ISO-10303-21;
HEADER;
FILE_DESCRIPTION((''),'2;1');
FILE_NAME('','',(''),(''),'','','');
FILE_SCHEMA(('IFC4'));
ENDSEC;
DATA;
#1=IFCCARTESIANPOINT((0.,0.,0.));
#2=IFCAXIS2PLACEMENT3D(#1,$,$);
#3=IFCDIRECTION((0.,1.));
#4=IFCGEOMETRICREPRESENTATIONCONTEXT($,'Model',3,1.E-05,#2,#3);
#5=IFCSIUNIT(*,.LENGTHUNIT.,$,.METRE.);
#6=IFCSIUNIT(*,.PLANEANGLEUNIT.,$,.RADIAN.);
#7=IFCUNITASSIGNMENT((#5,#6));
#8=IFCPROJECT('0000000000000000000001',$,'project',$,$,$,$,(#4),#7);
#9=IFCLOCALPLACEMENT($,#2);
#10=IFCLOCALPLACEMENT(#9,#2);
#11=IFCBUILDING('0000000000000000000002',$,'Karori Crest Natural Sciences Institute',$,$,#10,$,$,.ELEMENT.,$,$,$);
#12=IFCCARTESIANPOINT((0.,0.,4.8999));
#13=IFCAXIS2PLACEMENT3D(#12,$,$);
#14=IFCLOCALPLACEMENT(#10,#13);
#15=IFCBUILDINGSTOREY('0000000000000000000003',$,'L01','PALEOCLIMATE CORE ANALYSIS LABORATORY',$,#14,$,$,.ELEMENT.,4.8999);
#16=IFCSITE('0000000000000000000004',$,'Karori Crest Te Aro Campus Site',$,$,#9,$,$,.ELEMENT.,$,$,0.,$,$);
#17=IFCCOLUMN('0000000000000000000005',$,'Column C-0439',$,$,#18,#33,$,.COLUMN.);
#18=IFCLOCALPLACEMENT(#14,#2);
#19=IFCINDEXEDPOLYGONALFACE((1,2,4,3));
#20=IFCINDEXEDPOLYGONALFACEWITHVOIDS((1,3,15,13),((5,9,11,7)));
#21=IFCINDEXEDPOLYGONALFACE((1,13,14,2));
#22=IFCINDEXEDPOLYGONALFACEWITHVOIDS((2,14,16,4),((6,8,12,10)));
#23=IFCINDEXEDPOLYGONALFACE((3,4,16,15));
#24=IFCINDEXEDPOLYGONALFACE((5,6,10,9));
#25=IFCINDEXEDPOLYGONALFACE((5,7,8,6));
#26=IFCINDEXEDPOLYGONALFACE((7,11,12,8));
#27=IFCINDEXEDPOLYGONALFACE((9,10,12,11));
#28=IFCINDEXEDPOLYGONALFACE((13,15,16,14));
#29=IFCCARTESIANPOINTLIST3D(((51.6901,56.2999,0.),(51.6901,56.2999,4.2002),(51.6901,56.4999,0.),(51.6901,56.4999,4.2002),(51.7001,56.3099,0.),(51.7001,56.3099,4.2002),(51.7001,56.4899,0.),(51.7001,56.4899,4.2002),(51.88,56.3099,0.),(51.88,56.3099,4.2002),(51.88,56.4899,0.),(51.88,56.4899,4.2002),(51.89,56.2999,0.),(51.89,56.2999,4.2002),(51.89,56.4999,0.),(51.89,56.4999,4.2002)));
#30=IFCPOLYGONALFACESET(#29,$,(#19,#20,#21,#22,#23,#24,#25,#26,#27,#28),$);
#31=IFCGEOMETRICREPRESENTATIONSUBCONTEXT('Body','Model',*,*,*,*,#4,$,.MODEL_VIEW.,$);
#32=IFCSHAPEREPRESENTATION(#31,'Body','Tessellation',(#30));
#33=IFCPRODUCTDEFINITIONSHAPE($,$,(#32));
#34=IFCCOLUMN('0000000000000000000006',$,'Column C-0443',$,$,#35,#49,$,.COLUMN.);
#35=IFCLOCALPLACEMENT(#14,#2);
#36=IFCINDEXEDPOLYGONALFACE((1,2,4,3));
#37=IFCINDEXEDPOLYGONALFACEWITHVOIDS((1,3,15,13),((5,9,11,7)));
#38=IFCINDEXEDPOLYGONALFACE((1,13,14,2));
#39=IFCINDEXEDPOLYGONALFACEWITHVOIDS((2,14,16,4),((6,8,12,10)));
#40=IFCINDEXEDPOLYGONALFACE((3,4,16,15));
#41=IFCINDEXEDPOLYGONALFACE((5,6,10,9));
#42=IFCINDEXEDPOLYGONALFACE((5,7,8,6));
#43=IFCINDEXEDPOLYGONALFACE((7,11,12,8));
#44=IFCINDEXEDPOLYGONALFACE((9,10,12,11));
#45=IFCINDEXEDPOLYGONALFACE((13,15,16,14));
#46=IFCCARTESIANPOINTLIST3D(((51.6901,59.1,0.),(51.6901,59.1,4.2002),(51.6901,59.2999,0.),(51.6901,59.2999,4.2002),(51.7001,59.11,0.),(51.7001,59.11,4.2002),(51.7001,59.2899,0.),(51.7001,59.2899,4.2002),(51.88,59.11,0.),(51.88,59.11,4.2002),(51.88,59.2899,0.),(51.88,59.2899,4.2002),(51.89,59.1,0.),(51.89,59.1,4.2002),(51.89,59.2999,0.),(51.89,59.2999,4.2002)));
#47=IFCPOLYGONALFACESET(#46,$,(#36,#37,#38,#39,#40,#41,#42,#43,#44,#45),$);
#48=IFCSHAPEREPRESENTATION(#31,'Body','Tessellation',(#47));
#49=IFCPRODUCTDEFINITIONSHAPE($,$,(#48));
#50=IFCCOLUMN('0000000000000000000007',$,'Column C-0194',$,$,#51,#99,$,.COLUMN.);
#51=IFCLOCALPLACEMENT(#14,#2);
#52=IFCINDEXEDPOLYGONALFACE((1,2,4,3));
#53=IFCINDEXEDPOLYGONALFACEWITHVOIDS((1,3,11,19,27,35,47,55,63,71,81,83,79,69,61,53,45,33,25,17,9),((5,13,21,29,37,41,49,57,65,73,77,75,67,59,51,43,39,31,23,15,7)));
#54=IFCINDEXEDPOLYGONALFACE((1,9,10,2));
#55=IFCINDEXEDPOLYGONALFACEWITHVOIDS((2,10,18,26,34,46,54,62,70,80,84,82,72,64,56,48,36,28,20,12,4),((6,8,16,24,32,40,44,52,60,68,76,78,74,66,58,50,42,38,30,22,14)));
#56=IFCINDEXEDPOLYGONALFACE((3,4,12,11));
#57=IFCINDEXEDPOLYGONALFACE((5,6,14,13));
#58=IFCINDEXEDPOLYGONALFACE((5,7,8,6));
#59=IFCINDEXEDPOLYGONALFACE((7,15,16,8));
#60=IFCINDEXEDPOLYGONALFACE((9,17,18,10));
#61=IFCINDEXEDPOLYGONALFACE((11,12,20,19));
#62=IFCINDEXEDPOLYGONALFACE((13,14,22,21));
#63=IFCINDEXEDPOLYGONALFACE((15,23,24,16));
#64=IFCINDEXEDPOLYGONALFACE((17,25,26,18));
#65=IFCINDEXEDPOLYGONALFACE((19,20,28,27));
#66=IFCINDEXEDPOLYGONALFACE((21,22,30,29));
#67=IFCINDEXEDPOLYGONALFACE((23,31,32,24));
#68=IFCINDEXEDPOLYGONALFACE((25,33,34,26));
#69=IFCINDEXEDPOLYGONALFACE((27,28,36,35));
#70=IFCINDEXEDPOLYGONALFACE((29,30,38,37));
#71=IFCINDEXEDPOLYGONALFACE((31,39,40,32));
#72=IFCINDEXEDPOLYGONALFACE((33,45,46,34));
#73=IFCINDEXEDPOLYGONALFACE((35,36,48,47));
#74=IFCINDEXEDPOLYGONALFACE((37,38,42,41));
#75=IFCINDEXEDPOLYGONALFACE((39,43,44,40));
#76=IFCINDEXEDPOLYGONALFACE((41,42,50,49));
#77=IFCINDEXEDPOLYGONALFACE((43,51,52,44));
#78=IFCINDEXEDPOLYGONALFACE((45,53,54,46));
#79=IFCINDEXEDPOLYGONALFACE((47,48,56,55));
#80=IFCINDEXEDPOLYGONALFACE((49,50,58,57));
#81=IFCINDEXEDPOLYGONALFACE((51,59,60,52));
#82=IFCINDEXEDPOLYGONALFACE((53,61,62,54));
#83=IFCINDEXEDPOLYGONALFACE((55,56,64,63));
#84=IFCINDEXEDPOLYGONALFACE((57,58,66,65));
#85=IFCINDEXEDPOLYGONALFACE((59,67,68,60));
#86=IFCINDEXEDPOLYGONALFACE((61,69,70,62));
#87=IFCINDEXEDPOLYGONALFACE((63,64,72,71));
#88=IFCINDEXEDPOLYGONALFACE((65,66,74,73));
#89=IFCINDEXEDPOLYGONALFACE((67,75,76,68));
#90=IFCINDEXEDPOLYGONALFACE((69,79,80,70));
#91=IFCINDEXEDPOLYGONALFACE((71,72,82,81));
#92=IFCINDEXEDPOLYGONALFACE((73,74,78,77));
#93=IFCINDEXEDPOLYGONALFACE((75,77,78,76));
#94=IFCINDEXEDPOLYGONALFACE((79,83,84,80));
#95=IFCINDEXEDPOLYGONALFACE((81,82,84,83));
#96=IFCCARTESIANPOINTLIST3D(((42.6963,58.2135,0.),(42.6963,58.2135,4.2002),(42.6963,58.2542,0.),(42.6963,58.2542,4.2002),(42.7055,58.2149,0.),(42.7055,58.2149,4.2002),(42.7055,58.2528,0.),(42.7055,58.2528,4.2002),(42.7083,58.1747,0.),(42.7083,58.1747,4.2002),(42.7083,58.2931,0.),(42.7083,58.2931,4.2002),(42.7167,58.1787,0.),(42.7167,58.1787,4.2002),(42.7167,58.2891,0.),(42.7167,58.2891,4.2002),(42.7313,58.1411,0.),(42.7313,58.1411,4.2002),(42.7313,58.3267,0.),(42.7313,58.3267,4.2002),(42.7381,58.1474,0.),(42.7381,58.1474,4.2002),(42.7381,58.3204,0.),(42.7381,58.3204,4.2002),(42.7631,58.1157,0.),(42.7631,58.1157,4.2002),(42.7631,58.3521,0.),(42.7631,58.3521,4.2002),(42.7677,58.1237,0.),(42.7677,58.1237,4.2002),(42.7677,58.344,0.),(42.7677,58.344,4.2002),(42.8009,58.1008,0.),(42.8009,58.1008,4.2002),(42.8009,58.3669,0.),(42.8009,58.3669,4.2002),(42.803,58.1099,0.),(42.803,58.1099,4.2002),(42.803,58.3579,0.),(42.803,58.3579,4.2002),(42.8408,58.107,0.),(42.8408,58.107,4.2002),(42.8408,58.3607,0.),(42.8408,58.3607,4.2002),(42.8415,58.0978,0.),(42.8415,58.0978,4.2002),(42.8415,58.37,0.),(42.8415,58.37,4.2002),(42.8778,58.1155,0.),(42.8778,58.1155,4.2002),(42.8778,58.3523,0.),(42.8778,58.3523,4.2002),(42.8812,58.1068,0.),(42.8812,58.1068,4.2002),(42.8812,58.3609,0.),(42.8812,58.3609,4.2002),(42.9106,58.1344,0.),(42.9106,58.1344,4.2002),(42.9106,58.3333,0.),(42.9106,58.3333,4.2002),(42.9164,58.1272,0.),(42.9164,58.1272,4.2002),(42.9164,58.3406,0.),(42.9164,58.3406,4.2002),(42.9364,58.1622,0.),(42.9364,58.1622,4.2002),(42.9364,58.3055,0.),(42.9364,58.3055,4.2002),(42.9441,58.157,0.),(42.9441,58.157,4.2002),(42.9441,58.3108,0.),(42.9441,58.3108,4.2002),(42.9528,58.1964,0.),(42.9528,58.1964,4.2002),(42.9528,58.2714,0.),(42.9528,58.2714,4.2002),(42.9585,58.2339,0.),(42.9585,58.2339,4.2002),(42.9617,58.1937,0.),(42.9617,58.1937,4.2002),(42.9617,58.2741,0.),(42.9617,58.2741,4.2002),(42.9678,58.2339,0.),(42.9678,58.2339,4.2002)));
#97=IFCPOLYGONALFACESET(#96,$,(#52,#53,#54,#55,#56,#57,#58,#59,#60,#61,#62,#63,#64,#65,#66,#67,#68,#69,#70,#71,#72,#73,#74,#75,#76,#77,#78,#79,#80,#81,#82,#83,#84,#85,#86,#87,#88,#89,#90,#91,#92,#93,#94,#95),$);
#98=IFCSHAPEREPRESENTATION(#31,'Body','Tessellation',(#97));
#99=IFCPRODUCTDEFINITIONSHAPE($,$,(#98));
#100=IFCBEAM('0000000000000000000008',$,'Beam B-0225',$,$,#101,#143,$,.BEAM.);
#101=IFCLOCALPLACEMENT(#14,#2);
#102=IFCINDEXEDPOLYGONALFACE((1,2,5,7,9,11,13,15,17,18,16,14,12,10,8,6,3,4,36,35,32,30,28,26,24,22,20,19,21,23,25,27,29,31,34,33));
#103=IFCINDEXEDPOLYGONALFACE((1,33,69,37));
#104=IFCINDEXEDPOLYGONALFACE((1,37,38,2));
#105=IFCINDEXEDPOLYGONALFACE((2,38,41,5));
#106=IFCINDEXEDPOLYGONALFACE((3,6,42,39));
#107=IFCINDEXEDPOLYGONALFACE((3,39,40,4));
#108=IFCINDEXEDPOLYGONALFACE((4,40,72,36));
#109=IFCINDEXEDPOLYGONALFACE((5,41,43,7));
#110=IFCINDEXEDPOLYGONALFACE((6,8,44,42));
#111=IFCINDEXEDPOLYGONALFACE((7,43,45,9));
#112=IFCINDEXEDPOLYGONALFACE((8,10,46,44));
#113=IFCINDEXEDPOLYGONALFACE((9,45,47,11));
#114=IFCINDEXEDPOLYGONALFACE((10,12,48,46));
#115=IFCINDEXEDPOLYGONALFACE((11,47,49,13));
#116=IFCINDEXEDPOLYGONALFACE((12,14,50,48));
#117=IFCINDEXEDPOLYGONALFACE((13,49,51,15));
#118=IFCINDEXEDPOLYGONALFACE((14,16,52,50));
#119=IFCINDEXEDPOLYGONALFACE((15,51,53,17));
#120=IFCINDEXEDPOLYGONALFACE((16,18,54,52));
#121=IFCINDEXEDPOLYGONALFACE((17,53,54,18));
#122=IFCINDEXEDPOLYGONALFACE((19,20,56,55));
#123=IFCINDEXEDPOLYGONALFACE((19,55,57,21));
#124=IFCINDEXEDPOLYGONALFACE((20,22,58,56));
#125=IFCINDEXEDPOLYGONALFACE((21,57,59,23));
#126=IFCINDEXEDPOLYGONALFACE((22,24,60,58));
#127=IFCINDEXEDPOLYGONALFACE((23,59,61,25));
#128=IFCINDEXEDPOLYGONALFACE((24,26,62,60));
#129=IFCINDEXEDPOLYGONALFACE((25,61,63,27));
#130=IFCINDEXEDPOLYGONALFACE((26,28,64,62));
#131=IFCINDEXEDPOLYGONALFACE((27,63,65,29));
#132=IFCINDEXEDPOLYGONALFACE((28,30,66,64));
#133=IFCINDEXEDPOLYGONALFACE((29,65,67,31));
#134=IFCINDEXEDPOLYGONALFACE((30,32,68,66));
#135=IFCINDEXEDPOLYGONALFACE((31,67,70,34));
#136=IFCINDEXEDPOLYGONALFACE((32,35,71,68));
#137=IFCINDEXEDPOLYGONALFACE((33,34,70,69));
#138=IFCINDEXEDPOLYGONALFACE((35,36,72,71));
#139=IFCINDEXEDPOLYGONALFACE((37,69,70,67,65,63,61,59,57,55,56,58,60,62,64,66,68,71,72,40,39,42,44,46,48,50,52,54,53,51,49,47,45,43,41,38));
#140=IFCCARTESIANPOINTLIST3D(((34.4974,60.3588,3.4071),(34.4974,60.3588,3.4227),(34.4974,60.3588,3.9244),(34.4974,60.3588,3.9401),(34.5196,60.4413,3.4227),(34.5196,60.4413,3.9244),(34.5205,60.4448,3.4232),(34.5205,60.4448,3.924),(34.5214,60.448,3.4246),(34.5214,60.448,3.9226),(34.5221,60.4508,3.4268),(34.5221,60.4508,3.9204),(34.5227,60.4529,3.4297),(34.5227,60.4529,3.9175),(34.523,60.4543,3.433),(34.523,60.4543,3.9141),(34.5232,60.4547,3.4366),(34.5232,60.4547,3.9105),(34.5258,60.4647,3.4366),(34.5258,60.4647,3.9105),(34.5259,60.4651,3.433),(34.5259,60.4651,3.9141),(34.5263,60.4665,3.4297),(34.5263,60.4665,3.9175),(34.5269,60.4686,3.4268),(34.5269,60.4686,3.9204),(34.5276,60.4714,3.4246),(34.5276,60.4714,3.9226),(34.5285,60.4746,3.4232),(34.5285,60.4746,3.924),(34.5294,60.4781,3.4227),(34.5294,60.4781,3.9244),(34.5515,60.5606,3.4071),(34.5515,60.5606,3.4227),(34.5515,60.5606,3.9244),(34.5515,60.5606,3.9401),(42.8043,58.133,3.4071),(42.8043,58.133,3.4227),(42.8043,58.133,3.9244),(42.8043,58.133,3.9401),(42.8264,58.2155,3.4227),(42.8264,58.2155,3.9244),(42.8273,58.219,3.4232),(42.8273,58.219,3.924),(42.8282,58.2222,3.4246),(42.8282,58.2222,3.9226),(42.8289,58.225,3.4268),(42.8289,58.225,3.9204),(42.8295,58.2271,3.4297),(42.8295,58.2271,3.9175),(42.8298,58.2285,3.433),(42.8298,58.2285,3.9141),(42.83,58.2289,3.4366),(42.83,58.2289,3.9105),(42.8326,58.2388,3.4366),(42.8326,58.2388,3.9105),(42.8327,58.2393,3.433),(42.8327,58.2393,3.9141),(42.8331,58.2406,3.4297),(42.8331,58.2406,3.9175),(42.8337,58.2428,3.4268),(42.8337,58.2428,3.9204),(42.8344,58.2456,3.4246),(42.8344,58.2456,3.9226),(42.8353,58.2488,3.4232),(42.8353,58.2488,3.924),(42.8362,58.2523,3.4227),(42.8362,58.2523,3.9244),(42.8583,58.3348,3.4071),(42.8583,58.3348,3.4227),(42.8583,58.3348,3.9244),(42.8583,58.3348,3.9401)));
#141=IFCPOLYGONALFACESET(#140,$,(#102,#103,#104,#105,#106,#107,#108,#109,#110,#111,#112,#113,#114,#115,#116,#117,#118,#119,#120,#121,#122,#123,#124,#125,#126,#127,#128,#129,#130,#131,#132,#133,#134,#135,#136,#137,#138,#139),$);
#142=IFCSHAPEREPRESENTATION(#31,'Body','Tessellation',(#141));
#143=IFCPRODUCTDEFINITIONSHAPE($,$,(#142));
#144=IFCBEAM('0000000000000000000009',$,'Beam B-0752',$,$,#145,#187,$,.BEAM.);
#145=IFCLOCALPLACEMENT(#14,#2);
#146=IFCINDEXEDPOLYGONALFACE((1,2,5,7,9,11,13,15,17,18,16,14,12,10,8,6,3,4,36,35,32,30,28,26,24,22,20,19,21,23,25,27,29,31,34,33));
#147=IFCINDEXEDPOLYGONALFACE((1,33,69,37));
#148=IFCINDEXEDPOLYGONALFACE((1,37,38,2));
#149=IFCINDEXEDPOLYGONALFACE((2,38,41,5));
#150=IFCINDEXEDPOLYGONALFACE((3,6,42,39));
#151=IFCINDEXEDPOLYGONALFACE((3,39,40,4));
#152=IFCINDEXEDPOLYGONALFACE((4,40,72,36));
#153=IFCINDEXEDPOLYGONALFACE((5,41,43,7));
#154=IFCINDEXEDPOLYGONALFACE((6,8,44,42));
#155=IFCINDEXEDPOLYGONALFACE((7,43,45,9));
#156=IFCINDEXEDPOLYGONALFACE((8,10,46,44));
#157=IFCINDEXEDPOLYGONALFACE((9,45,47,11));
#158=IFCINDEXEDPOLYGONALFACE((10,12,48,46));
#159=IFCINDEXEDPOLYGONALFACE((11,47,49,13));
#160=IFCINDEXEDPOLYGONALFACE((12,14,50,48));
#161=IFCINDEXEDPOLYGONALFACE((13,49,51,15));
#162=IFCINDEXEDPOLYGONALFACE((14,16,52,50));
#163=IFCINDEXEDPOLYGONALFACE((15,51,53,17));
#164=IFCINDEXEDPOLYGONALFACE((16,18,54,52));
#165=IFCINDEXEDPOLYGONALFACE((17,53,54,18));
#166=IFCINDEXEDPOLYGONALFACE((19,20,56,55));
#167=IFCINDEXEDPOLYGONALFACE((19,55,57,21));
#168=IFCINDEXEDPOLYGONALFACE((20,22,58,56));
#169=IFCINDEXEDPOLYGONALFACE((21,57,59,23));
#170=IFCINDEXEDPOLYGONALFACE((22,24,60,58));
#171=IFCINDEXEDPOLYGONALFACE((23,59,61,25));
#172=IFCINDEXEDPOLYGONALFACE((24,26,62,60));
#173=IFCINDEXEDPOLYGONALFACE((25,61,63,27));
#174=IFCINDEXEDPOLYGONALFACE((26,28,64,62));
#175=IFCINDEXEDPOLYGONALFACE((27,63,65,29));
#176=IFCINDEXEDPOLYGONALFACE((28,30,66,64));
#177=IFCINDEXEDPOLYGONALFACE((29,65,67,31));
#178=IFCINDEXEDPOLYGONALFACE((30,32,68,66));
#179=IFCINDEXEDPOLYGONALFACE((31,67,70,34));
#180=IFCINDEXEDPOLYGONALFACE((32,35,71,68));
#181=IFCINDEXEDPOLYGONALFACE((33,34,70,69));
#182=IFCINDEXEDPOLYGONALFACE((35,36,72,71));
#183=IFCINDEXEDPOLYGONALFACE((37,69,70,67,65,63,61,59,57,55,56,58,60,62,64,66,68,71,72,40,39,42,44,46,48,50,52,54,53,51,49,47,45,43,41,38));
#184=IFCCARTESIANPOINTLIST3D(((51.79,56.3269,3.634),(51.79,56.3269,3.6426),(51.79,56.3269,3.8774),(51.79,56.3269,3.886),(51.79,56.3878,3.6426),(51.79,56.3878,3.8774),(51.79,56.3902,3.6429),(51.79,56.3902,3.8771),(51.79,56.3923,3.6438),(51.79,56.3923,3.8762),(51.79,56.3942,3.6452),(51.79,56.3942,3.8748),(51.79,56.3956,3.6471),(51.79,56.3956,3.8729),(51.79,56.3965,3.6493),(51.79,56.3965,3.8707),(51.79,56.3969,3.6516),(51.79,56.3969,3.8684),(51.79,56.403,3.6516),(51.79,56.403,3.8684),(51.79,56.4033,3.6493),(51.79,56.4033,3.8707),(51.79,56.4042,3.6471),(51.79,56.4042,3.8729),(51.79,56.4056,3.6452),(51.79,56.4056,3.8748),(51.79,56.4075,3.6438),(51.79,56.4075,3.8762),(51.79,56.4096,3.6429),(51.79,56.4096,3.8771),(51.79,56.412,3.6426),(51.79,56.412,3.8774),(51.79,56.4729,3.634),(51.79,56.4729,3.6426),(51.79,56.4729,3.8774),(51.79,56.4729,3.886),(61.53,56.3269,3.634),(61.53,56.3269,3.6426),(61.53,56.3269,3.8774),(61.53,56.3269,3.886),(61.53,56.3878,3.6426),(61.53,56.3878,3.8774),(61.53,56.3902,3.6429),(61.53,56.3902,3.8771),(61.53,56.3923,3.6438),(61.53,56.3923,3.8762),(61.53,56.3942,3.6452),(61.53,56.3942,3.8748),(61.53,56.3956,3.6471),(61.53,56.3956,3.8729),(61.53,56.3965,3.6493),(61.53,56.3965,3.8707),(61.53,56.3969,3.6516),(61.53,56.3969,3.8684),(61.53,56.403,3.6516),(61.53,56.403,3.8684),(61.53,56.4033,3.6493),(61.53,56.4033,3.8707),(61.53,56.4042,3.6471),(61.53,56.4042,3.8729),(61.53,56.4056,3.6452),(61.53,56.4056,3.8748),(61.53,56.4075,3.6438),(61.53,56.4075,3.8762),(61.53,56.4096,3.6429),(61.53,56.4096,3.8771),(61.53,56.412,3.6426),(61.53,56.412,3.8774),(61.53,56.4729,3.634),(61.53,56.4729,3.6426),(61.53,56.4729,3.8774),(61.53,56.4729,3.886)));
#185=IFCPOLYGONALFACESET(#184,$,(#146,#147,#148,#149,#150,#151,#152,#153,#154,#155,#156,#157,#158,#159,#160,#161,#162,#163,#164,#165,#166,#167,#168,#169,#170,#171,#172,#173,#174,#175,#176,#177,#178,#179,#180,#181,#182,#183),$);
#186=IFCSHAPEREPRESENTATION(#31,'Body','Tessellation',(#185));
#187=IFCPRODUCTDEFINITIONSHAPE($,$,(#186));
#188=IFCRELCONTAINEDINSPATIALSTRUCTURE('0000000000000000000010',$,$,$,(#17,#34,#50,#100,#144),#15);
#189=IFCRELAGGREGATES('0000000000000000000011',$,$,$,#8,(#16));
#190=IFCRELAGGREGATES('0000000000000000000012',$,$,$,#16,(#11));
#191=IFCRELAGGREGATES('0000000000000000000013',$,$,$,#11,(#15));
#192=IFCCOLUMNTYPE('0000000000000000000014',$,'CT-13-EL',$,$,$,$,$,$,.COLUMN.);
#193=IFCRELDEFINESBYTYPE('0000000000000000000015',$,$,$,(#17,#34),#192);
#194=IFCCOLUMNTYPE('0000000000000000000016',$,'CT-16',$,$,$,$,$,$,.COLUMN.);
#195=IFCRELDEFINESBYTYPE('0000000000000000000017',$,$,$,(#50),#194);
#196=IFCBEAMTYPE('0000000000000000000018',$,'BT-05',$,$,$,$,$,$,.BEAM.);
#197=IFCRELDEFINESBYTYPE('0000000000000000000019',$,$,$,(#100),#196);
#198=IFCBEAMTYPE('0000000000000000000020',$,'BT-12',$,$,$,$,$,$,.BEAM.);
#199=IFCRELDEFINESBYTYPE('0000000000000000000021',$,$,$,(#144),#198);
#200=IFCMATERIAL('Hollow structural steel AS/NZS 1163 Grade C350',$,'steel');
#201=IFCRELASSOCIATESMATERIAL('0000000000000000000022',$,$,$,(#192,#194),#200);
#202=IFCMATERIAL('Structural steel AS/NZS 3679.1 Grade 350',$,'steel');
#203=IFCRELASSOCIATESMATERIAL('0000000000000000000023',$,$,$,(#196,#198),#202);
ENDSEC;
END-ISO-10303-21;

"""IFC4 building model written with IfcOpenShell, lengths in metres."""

from ifc_helpers import new_model, si_unit, direction, frame, origin, origin_2d, place, context, subcontext, project, spatial, hollow_rectangle, hollow_circle, i_section, extrude, material, material_profile, profile_set, type_object, element, save


model = new_model("IFC4")

# Units and contexts
model_context = context("Model", 3, precision=1e-05, world=origin(), true_north=direction((0.0, 1.0)))
body_context = subcontext(model_context, "Body", "Model", "MODEL_VIEW")
ifc_project = project(units=[si_unit("LENGTHUNIT", "METRE"), si_unit("PLANEANGLEUNIT", "RADIAN")], contexts=[model_context])

# Site, building, storey
site_placement = place(None, origin())
site = spatial("IfcSite", under=ifc_project, at=site_placement, Name="Karori Crest Te Aro Campus Site", CompositionType="ELEMENT", RefElevation=0.0)
building_placement = place(site_placement, origin())
building = spatial("IfcBuilding", under=site, at=building_placement, Name="Karori Crest Natural Sciences Institute", CompositionType="ELEMENT")
storey_placement = place(building_placement, frame((0.0, 0.0, 4.8999)))
storey = spatial("IfcBuildingStorey", under=building, at=storey_placement, Name="L01", Description="PALEOCLIMATE CORE ANALYSIS LABORATORY", CompositionType="ELEMENT", Elevation=4.8999)

# Columns
ifc_material_1 = material(Name="Hollow structural steel AS/NZS 1163 Grade C350", Category="steel")
ifc_material_profile_1 = material_profile(ifc_material_1, hollow_rectangle(XDim=0.2, YDim=0.2, WallThickness=0.01, at=origin_2d()), Name="SHS200x200x10")
ifc_profile_set_1 = profile_set([ifc_material_profile_1], Name="Hollow structural steel AS/NZS 1163 Grade C350")
column_type_1 = type_object("IfcColumnType", Name="CT-13-EL", PredefinedType="COLUMN", material=ifc_profile_set_1)
for number, where, z_axis, x_axis, name in (
    (1, (51.79, 56.3999, 0.0), (0.0, 0.0, 1.0), (1.0, 0.0, 0.0), "Column C-0439"),
    (2, (51.79, 59.2, 0.0), (0.0, 0.0, 1.0), (1.0, 0.0, 0.0), "Column C-0443"),
):
    element("IfcColumn", number, at=place(storey_placement, frame(where, z_axis=z_axis, x_axis=x_axis)), inside=storey, type_object=column_type_1, Name=name, PredefinedType="COLUMN", context=body_context, shape_type="SweptSolid", body=[
        extrude(hollow_rectangle(XDim=0.2, YDim=0.2, WallThickness=0.01, at=origin_2d()), origin(), (0.0, 0.0, 1.0), 4.2002),
    ])
ifc_material_profile_2 = material_profile(ifc_material_1, hollow_circle(Radius=0.1365, WallThickness=0.0093, at=origin_2d()), Name="CHS273.0x9.3")
ifc_profile_set_2 = profile_set([ifc_material_profile_2], Name="Hollow structural steel AS/NZS 1163 Grade C350")
column_type_2 = type_object("IfcColumnType", Name="CT-16", PredefinedType="COLUMN", material=ifc_profile_set_2)
column_placement = place(storey_placement, frame((42.8313, 58.2339, 0.0), z_axis=(0.0, 0.0, 1.0), x_axis=(1.0, 0.0, 0.0)))
element("IfcColumn", 3, at=column_placement, inside=storey, type_object=column_type_2, Name="Column C-0194", PredefinedType="COLUMN", context=body_context, shape_type="SweptSolid", body=[
    extrude(hollow_circle(Radius=0.1365, WallThickness=0.0093, at=origin_2d()), origin(), (0.0, 0.0, 1.0), 4.2002),
])

# Beams
ifc_material_2 = material(Name="Structural steel AS/NZS 3679.1 Grade 350", Category="steel")
ifc_material_profile_3 = material_profile(ifc_material_2, i_section(OverallWidth=0.209, OverallDepth=0.533, WebThickness=0.0103, FlangeThickness=0.0156, FilletRadius=0.0139, at=origin_2d()), Name="530UB92.4")
ifc_profile_set_3 = profile_set([ifc_material_profile_3], Name="Structural steel AS/NZS 3679.1 Grade 350")
beam_type_1 = type_object("IfcBeamType", Name="BT-05", PredefinedType="BEAM", material=ifc_profile_set_3)
beam_1_placement = place(storey_placement, frame((42.8313, 58.2339, 3.6736), z_axis=(-0.965926, 0.25882, 0.0), x_axis=(-0.25882, -0.965926, 0.0)))
element("IfcBeam", 4, at=beam_1_placement, inside=storey, type_object=beam_type_1, Name="Beam B-0225", PredefinedType="BEAM", context=body_context, shape_type="SweptSolid", body=[
    extrude(i_section(OverallWidth=0.209, OverallDepth=0.533, WebThickness=0.0103, FlangeThickness=0.0156, FilletRadius=0.0139, at=origin_2d()), origin(), (0.0, 0.0, 1.0), 8.5999),
])
ifc_material_profile_4 = material_profile(ifc_material_2, i_section(OverallWidth=0.146, OverallDepth=0.252, WebThickness=0.0061, FlangeThickness=0.0085, FilletRadius=0.009, at=origin_2d()), Name="250UB31.4")
ifc_profile_set_4 = profile_set([ifc_material_profile_4], Name="Structural steel AS/NZS 3679.1 Grade 350")
beam_type_2 = type_object("IfcBeamType", Name="BT-12", PredefinedType="BEAM", material=ifc_profile_set_4)
for number, where, z_axis, x_axis, name in (
    (5, (51.79, 56.3999, 3.76), (1.0, 0.0, 0.0), (0.0, 1.0, 0.0), "Beam B-0752"),
):
    element("IfcBeam", number, at=place(storey_placement, frame(where, z_axis=z_axis, x_axis=x_axis)), inside=storey, type_object=beam_type_2, Name=name, PredefinedType="BEAM", context=body_context, shape_type="SweptSolid", body=[
        extrude(i_section(OverallWidth=0.146, OverallDepth=0.252, WebThickness=0.0061, FlangeThickness=0.0085, FilletRadius=0.009, at=origin_2d()), origin(), (0.0, 0.0, 1.0), 9.74),
    ])

save(model, "model.ifc")
